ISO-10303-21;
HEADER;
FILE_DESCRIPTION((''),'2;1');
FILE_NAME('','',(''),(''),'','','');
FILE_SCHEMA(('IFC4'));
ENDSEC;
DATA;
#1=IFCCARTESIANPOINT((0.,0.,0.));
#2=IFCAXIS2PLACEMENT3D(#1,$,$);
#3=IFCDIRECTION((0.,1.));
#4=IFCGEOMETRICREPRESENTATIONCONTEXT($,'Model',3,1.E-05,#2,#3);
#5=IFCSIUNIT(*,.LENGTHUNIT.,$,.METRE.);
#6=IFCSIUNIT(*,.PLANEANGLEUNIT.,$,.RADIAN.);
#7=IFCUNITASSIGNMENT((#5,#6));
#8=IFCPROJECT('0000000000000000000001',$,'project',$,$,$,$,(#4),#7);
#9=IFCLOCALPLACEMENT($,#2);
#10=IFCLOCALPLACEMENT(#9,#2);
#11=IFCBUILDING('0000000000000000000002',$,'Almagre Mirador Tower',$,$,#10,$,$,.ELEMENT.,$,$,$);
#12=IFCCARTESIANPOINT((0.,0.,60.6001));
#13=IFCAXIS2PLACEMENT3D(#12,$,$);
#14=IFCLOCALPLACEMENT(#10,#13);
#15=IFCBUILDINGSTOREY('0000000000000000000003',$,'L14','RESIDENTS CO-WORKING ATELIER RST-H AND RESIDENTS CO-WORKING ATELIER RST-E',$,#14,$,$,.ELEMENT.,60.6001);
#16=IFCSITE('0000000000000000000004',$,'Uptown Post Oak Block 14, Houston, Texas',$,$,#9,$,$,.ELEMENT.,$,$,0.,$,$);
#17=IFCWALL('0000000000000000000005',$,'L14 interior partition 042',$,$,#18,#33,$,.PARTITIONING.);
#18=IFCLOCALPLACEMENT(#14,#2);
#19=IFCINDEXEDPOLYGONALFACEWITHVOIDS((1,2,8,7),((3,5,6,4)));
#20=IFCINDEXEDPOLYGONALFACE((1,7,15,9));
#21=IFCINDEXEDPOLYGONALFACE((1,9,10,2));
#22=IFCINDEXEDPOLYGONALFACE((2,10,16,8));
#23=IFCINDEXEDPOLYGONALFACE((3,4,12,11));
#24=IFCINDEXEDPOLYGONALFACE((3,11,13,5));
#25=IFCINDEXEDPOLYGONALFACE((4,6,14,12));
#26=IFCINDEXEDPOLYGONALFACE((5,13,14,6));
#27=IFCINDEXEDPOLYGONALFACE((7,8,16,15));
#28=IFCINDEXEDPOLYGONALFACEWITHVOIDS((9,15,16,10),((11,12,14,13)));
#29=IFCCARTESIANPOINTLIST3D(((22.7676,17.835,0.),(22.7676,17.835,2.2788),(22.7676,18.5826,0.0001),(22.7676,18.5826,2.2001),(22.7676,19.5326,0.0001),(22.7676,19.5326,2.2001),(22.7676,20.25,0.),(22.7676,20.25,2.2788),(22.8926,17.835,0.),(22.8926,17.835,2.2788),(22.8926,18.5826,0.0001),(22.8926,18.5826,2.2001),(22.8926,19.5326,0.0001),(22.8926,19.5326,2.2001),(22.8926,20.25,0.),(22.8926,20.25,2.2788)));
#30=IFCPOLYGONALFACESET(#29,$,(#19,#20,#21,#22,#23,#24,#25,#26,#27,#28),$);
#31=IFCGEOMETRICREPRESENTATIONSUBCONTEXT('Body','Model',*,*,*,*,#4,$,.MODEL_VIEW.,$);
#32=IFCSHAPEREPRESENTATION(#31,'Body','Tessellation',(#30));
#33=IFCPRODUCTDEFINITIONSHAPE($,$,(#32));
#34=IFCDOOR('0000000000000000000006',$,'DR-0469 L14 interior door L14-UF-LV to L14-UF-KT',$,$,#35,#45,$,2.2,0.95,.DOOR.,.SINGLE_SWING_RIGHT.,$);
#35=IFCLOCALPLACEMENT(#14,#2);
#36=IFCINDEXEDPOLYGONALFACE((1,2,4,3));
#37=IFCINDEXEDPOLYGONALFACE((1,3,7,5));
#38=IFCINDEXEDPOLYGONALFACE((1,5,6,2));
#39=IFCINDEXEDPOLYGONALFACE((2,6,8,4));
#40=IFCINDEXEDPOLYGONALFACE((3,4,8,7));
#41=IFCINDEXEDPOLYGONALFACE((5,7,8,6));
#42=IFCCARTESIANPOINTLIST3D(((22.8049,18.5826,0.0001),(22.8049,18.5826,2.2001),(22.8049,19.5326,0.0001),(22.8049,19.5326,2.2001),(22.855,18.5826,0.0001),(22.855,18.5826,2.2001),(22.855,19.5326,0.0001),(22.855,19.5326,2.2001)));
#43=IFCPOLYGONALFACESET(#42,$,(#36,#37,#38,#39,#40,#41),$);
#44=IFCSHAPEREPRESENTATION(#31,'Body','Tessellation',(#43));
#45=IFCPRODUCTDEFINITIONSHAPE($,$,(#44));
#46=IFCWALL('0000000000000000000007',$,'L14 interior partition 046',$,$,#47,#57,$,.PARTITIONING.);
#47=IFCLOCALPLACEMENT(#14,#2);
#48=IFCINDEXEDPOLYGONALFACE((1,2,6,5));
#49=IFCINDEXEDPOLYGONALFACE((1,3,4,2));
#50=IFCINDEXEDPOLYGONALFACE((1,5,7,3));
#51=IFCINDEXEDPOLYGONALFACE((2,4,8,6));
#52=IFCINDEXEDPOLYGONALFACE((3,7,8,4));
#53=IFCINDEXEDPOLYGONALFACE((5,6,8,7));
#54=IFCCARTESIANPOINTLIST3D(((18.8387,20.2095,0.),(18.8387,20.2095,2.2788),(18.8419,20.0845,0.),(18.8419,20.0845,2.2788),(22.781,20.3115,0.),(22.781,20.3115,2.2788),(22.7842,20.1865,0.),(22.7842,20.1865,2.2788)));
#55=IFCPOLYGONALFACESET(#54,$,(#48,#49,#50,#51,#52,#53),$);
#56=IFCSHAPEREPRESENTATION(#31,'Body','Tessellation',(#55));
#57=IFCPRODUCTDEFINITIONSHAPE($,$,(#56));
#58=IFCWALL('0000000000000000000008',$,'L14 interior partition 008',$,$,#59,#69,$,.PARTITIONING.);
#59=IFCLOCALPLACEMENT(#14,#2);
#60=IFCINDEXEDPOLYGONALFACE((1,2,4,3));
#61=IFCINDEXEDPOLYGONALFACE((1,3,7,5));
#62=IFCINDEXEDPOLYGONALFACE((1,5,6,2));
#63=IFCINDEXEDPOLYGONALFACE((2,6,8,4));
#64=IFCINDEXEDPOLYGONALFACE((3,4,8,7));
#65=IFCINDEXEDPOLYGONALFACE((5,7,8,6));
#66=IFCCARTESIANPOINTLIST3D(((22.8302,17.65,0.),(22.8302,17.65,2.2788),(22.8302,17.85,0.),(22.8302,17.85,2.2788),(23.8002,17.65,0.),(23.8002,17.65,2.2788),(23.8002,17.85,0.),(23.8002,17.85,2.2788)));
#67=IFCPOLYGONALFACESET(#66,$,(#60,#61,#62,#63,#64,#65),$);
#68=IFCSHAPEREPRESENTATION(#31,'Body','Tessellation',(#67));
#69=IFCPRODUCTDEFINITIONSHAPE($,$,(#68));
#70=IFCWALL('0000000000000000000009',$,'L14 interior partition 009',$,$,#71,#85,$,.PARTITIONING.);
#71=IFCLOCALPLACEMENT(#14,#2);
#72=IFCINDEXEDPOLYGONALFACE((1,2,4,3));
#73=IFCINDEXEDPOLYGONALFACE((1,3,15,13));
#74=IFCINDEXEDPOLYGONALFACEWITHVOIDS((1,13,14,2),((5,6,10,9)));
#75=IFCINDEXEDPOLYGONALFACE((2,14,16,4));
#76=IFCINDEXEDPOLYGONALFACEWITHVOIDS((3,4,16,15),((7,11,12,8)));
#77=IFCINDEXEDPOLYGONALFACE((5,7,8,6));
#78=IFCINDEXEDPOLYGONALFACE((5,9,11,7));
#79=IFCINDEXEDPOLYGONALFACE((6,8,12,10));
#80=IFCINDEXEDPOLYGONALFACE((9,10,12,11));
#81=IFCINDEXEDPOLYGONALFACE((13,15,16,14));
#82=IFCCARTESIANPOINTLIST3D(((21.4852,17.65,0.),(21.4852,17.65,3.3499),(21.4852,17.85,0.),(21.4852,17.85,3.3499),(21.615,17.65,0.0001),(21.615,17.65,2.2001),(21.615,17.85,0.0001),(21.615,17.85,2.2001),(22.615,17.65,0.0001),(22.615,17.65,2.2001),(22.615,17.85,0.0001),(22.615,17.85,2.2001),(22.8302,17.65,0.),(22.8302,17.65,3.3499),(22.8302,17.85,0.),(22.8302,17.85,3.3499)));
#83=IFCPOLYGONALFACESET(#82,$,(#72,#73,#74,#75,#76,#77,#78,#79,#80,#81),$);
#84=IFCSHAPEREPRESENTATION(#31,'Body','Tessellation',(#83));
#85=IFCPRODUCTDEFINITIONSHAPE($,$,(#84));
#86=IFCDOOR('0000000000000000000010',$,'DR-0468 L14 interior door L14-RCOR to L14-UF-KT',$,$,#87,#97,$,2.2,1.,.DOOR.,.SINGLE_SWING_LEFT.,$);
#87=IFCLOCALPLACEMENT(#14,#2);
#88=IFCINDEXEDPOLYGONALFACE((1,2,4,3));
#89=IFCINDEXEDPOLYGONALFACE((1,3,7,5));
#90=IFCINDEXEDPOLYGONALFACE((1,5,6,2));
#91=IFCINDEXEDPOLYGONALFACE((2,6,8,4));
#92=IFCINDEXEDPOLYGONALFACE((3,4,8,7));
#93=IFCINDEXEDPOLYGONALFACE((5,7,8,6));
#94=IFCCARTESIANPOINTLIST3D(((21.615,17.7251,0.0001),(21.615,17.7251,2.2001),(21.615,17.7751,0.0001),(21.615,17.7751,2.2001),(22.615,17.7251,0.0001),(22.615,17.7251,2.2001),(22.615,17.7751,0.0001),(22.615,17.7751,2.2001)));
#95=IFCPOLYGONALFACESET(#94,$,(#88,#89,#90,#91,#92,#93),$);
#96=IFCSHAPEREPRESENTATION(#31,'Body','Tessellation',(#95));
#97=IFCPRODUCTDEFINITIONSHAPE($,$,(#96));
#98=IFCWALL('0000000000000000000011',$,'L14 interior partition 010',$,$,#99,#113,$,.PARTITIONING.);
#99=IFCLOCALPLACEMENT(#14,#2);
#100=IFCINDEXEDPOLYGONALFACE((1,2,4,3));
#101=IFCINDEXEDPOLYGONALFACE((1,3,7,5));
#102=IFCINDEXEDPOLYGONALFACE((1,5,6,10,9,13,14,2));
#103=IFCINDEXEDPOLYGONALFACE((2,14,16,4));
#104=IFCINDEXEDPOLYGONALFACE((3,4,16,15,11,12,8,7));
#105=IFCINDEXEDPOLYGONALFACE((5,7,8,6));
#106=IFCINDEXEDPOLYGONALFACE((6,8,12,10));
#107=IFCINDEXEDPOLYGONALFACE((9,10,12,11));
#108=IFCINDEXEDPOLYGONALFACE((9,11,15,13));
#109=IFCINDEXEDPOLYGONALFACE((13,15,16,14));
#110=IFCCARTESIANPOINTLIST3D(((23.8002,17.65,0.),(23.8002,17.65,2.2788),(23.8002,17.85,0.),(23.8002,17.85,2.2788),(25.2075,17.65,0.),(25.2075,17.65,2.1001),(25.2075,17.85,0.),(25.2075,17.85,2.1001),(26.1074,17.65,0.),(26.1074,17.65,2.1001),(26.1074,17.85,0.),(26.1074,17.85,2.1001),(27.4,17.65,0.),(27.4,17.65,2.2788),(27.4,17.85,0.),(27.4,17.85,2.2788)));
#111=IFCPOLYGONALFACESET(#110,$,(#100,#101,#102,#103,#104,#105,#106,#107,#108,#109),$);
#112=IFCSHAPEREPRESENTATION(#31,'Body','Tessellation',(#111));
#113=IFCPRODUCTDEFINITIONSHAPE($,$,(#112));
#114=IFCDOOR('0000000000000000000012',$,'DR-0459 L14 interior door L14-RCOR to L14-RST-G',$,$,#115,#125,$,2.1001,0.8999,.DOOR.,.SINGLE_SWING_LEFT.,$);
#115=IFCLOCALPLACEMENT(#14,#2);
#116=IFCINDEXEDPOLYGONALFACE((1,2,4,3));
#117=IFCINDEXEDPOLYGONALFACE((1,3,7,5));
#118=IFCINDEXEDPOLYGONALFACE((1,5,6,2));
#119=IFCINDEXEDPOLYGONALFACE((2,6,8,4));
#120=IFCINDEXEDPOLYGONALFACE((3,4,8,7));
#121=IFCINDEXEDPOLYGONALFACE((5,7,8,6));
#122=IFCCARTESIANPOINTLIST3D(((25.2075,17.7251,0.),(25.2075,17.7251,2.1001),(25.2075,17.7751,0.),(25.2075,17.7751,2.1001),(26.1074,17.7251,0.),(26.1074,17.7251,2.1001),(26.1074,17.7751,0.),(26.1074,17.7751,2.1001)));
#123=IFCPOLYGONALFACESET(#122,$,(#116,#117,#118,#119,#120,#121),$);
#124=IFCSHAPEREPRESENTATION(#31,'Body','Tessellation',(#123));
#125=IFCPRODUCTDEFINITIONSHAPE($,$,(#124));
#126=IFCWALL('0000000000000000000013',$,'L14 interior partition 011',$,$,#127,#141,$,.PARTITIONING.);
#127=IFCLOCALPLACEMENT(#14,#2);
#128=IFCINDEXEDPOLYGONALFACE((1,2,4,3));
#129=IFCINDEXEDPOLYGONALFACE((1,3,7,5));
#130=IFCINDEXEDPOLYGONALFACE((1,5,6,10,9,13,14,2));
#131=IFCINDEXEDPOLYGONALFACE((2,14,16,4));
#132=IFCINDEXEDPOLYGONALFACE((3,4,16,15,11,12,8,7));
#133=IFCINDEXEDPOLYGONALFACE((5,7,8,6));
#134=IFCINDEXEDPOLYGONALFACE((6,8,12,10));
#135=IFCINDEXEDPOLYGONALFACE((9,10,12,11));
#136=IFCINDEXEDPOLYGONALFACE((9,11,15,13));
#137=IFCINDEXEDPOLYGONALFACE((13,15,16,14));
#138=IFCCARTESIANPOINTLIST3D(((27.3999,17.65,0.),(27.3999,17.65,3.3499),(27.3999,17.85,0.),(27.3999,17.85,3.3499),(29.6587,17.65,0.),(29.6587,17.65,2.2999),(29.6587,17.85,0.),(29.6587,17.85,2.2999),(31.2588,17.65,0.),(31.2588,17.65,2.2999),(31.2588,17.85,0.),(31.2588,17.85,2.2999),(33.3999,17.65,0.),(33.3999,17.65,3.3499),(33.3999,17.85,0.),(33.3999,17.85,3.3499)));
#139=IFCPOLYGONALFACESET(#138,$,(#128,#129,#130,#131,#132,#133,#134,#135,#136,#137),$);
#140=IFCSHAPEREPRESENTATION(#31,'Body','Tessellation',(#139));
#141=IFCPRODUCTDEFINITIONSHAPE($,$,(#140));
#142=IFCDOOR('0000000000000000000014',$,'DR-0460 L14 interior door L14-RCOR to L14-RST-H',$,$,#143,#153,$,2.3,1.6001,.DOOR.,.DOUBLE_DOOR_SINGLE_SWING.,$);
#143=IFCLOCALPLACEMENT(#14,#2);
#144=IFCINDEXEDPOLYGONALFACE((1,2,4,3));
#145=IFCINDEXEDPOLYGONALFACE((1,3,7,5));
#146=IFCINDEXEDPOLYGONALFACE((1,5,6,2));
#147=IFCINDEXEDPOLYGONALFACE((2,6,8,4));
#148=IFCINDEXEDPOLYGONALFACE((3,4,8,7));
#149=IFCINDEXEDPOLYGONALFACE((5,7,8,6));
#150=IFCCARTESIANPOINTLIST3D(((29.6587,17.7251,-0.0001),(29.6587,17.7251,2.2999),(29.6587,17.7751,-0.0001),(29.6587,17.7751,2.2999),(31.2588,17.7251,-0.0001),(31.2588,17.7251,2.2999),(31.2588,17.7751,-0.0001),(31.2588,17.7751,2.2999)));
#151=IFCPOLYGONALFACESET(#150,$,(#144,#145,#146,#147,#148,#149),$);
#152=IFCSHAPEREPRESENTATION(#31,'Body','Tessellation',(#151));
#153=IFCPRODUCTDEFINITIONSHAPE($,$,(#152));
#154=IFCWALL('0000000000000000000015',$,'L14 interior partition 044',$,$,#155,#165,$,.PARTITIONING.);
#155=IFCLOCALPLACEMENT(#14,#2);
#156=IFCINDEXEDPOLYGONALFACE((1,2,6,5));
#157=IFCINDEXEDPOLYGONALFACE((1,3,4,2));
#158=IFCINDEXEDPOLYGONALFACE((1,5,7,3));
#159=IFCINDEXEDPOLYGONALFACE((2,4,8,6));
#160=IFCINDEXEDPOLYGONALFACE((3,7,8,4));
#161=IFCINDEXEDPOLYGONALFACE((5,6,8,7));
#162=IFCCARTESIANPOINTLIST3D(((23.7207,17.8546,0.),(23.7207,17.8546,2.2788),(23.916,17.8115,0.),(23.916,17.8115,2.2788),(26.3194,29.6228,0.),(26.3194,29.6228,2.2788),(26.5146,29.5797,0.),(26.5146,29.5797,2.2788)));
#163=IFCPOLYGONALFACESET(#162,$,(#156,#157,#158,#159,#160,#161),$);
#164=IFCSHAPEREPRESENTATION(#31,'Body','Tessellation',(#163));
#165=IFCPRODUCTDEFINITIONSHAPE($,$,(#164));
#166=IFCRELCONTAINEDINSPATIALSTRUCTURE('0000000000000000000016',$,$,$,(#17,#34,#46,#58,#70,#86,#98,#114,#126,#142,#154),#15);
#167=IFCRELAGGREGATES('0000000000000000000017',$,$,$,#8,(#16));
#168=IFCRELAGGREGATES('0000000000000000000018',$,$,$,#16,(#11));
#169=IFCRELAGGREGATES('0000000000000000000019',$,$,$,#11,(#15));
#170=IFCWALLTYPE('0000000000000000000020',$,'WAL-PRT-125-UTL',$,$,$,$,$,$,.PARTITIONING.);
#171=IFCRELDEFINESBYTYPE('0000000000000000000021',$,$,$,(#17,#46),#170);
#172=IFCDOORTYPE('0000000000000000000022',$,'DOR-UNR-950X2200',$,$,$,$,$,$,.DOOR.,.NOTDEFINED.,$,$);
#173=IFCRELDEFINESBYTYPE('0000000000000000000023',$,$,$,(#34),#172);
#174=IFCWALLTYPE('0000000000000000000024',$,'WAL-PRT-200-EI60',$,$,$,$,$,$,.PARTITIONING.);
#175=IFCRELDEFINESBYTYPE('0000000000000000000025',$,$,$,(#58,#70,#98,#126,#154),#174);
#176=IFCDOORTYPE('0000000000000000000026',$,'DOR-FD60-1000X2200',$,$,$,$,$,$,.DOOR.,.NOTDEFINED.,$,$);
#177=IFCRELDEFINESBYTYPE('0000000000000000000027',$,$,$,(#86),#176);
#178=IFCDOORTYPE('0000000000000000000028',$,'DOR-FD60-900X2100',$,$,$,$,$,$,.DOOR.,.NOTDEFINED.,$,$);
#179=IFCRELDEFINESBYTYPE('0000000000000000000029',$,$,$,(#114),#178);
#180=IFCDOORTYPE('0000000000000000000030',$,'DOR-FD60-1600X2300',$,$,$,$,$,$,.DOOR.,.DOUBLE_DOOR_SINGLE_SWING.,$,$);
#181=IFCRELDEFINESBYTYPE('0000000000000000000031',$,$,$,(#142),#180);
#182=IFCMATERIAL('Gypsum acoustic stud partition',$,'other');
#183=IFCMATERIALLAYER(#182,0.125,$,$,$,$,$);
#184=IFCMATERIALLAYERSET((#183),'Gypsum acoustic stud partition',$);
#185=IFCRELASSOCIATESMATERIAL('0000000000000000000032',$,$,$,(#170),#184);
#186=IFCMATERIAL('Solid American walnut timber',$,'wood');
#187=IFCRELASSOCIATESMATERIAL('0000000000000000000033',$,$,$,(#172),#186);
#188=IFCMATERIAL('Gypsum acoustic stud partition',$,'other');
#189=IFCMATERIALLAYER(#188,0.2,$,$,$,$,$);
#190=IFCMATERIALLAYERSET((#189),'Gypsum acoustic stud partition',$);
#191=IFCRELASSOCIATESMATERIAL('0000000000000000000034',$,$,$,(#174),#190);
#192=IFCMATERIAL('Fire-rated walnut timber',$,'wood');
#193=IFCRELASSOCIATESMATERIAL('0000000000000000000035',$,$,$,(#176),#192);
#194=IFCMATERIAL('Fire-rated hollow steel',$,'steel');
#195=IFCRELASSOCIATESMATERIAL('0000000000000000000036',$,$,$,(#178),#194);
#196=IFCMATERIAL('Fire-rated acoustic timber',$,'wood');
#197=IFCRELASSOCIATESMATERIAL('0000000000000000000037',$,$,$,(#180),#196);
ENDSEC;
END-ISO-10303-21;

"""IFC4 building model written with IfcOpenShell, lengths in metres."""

from ifc_helpers import new_model, si_unit, direction, frame, frame_2d, origin, place, context, subcontext, project, spatial, rectangle, extrude, material, layer, layer_set, type_object, element, fill, save


model = new_model("IFC4")

# Units and contexts
model_context = context("Model", 3, precision=1e-05, world=origin(), true_north=direction((0.0, 1.0)))
body_context = subcontext(model_context, "Body", "Model", "MODEL_VIEW")
ifc_project = project(units=[si_unit("LENGTHUNIT", "METRE"), si_unit("PLANEANGLEUNIT", "RADIAN")], contexts=[model_context])

# Site, building, storey
site_placement = place(None, origin())
site = spatial("IfcSite", under=ifc_project, at=site_placement, Name="Uptown Post Oak Block 14, Houston, Texas", CompositionType="ELEMENT", RefElevation=0.0)
building_placement = place(site_placement, origin())
building = spatial("IfcBuilding", under=site, at=building_placement, Name="Almagre Mirador Tower", CompositionType="ELEMENT")
storey_placement = place(building_placement, frame((0.0, 0.0, 60.6001)))
storey = spatial("IfcBuildingStorey", under=building, at=storey_placement, Name="L14", Description="RESIDENTS CO-WORKING ATELIER RST-H AND RESIDENTS CO-WORKING ATELIER RST-E", CompositionType="ELEMENT", Elevation=60.6001)

# Wall, opening, door
ifc_material_1 = material(Name="Gypsum acoustic stud partition", Category="other")
ifc_layer_1 = layer(ifc_material_1, 0.125)
ifc_layer_set_1 = layer_set([ifc_layer_1], Name="Gypsum acoustic stud partition")
wall_type_1 = type_object("IfcWallType", Name="WAL-PRT-125-UTL", PredefinedType="PARTITIONING", material=ifc_layer_set_1)
wall_1_placement = place(storey_placement, frame((22.8301, 20.25, 0.0), z_axis=(0.0, 0.0, 1.0), x_axis=(0.0, -1.0, 0.0)))
wall_1 = element("IfcWall", 1, at=wall_1_placement, inside=storey, type_object=wall_type_1, Name="L14 interior partition 042", PredefinedType="PARTITIONING", context=body_context, shape_type="SweptSolid", body=[
    extrude(rectangle(XDim=2.415, YDim=0.125, at=frame_2d((1.2075, 0.0))), origin(), (0.0, 0.0, 1.0), 2.2788),
])
opening_1_placement = place(wall_1_placement, frame((0.7173, 0.0, 0.0)))
opening_1 = element("IfcOpeningElement", 2, at=opening_1_placement, cuts=wall_1, PredefinedType="OPENING", context=body_context, shape_type="SweptSolid", body=[
    extrude(rectangle(XDim=0.95, YDim=2.2, at=frame_2d((0.4751, 1.1001))), frame((0.0, 0.0725, 0.0), z_axis=(0.0, -1.0, 0.0), x_axis=(1.0, 0.0, 0.0)), (0.0, 0.0, 1.0), 0.145),
])
ifc_material_2 = material(Name="Solid American walnut timber", Category="wood")
door_type_1 = type_object("IfcDoorType", Name="DOR-UNR-950X2200", OperationType="NOTDEFINED", PredefinedType="DOOR", material=ifc_material_2)
door_1_placement = place(opening_1_placement, origin())
door_1 = element("IfcDoor", 3, at=door_1_placement, inside=storey, type_object=door_type_1, Name="DR-0469 L14 interior door L14-UF-LV to L14-UF-KT", OperationType="SINGLE_SWING_RIGHT", OverallHeight=2.2, OverallWidth=0.95, PredefinedType="DOOR", context=body_context, shape_type="SweptSolid", body=[
    extrude(rectangle(XDim=0.95, YDim=2.2, at=frame_2d((0.4751, 1.1001))), frame((0.0, 0.0249, 0.0), z_axis=(0.0, -1.0, 0.0), x_axis=(1.0, 0.0, 0.0)), (0.0, 0.0, 1.0), 0.05),
])
fill(opening_1, door_1)

# Walls
wall_2_placement = place(storey_placement, frame((22.7825, 20.249, 0.0), z_axis=(0.0, 0.0, 1.0), x_axis=(-0.999665, -0.025877, 0.0)))
element("IfcWall", 4, at=wall_2_placement, inside=storey, type_object=wall_type_1, Name="L14 interior partition 046", PredefinedType="PARTITIONING", context=body_context, shape_type="SweptSolid", body=[
    extrude(rectangle(XDim=3.9436, YDim=0.125, at=frame_2d((1.9717, 0.0))), origin(), (0.0, 0.0, 1.0), 2.2788),
])
ifc_material_3 = material(Name="Gypsum acoustic stud partition", Category="other")
ifc_layer_2 = layer(ifc_material_3, 0.2)
ifc_layer_set_2 = layer_set([ifc_layer_2], Name="Gypsum acoustic stud partition")
wall_type_2 = type_object("IfcWallType", Name="WAL-PRT-200-EI60", PredefinedType="PARTITIONING", material=ifc_layer_set_2)
wall_3_placement = place(storey_placement, frame((23.8, 17.75, 0.0), z_axis=(0.0, 0.0, 1.0), x_axis=(-1.0, 0.0, 0.0)))
element("IfcWall", 5, at=wall_3_placement, inside=storey, type_object=wall_type_2, Name="L14 interior partition 008", PredefinedType="PARTITIONING", context=body_context, shape_type="SweptSolid", body=[
    extrude(rectangle(XDim=0.97, YDim=0.2, at=frame_2d((0.4849, 0.0))), origin(), (0.0, 0.0, 1.0), 2.2788),
])

# Walls, openings, doors
wall_4_placement = place(storey_placement, frame((22.8301, 17.75, 0.0), z_axis=(0.0, 0.0, 1.0), x_axis=(-1.0, 0.0, 0.0)))
wall_4 = element("IfcWall", 6, at=wall_4_placement, inside=storey, type_object=wall_type_2, Name="L14 interior partition 009", PredefinedType="PARTITIONING", context=body_context, shape_type="SweptSolid", body=[
    extrude(rectangle(XDim=1.345, YDim=0.2, at=frame_2d((0.6724, 0.0))), origin(), (0.0, 0.0, 1.0), 3.3499),
])
opening_2_placement = place(wall_4_placement, frame((0.2151, 0.0, 0.0)))
opening_2 = element("IfcOpeningElement", 7, at=opening_2_placement, cuts=wall_4, PredefinedType="OPENING", context=body_context, shape_type="SweptSolid", body=[
    extrude(rectangle(XDim=1.0, YDim=2.2, at=frame_2d((0.5, 1.1001))), frame((0.0, 0.1101, 0.0), z_axis=(0.0, -1.0, 0.0), x_axis=(1.0, 0.0, 0.0)), (0.0, 0.0, 1.0), 0.22),
])
ifc_material_4 = material(Name="Fire-rated walnut timber", Category="wood")
door_type_2 = type_object("IfcDoorType", Name="DOR-FD60-1000X2200", OperationType="NOTDEFINED", PredefinedType="DOOR", material=ifc_material_4)
door_2_placement = place(opening_2_placement, origin())
door_2 = element("IfcDoor", 8, at=door_2_placement, inside=storey, type_object=door_type_2, Name="DR-0468 L14 interior door L14-RCOR to L14-UF-KT", OperationType="SINGLE_SWING_LEFT", OverallHeight=2.2, OverallWidth=1.0, PredefinedType="DOOR", context=body_context, shape_type="SweptSolid", body=[
    extrude(rectangle(XDim=1.0, YDim=2.2, at=frame_2d((0.5, 1.1001))), frame((0.0, 0.0249, 0.0), z_axis=(0.0, -1.0, 0.0), x_axis=(1.0, 0.0, 0.0)), (0.0, 0.0, 1.0), 0.05),
])
fill(opening_2, door_2)
wall_5_placement = place(storey_placement, frame((27.3999, 17.75, 0.0), z_axis=(0.0, 0.0, 1.0), x_axis=(-1.0, 0.0, 0.0)))
wall_5 = element("IfcWall", 9, at=wall_5_placement, inside=storey, type_object=wall_type_2, Name="L14 interior partition 010", PredefinedType="PARTITIONING", context=body_context, shape_type="SweptSolid", body=[
    extrude(rectangle(XDim=3.5999, YDim=0.2, at=frame_2d((1.7998, 0.0))), origin(), (0.0, 0.0, 1.0), 2.2788),
])
opening_3_placement = place(wall_5_placement, frame((1.2925, 0.0, 0.0)))
opening_3 = element("IfcOpeningElement", 10, at=opening_3_placement, cuts=wall_5, PredefinedType="OPENING", context=body_context, shape_type="SweptSolid", body=[
    extrude(rectangle(XDim=0.8999, YDim=2.1001, at=frame_2d((0.45, 1.05))), frame((0.0, 0.1101, 0.0), z_axis=(0.0, -1.0, 0.0), x_axis=(1.0, 0.0, 0.0)), (0.0, 0.0, 1.0), 0.22),
])
ifc_material_5 = material(Name="Fire-rated hollow steel", Category="steel")
door_type_3 = type_object("IfcDoorType", Name="DOR-FD60-900X2100", OperationType="NOTDEFINED", PredefinedType="DOOR", material=ifc_material_5)
door_3_placement = place(opening_3_placement, origin())
door_3 = element("IfcDoor", 11, at=door_3_placement, inside=storey, type_object=door_type_3, Name="DR-0459 L14 interior door L14-RCOR to L14-RST-G", OperationType="SINGLE_SWING_LEFT", OverallHeight=2.1001, OverallWidth=0.8999, PredefinedType="DOOR", context=body_context, shape_type="SweptSolid", body=[
    extrude(rectangle(XDim=0.8999, YDim=2.1001, at=frame_2d((0.45, 1.05))), frame((0.0, 0.0249, 0.0), z_axis=(0.0, -1.0, 0.0), x_axis=(1.0, 0.0, 0.0)), (0.0, 0.0, 1.0), 0.05),
])
fill(opening_3, door_3)
wall_6_placement = place(storey_placement, frame((33.3999, 17.75, 0.0), z_axis=(0.0, 0.0, 1.0), x_axis=(-1.0, 0.0, 0.0)))
wall_6 = element("IfcWall", 12, at=wall_6_placement, inside=storey, type_object=wall_type_2, Name="L14 interior partition 011", PredefinedType="PARTITIONING", context=body_context, shape_type="SweptSolid", body=[
    extrude(rectangle(XDim=6.0, YDim=0.2, at=frame_2d((3.0, 0.0))), origin(), (0.0, 0.0, 1.0), 3.3499),
])
opening_4_placement = place(wall_6_placement, frame((2.1411, 0.0, 0.0)))
opening_4 = element("IfcOpeningElement", 13, at=opening_4_placement, cuts=wall_6, PredefinedType="OPENING", context=body_context, shape_type="SweptSolid", body=[
    extrude(rectangle(XDim=1.6001, YDim=2.3, at=frame_2d((0.8, 1.1499))), frame((0.0, 0.1101, 0.0), z_axis=(0.0, -1.0, 0.0), x_axis=(1.0, 0.0, 0.0)), (0.0, 0.0, 1.0), 0.22),
])
ifc_material_6 = material(Name="Fire-rated acoustic timber", Category="wood")
door_type_4 = type_object("IfcDoorType", Name="DOR-FD60-1600X2300", OperationType="DOUBLE_DOOR_SINGLE_SWING", PredefinedType="DOOR", material=ifc_material_6)
door_4_placement = place(opening_4_placement, origin())
door_4 = element("IfcDoor", 14, at=door_4_placement, inside=storey, type_object=door_type_4, Name="DR-0460 L14 interior door L14-RCOR to L14-RST-H", OperationType="DOUBLE_DOOR_SINGLE_SWING", OverallHeight=2.3, OverallWidth=1.6001, PredefinedType="DOOR", context=body_context, shape_type="SweptSolid", body=[
    extrude(rectangle(XDim=1.6001, YDim=2.3, at=frame_2d((0.8, 1.1499))), frame((0.0, 0.0249, 0.0), z_axis=(0.0, -1.0, 0.0), x_axis=(1.0, 0.0, 0.0)), (0.0, 0.0, 1.0), 0.05),
])
fill(opening_4, door_4)

# Wall
wall_7_placement = place(storey_placement, frame((23.8184, 17.833, 0.0), z_axis=(0.0, 0.0, 1.0), x_axis=(0.215622, 0.976477, 0.0)))
element("IfcWall", 15, at=wall_7_placement, inside=storey, type_object=wall_type_2, Name="L14 interior partition 044", PredefinedType="PARTITIONING", context=body_context, shape_type="SweptSolid", body=[
    extrude(rectangle(XDim=12.0518, YDim=0.2, at=frame_2d((6.0259, 0.0))), origin(), (0.0, 0.0, 1.0), 2.2788),
])

save(model, "model.ifc")
